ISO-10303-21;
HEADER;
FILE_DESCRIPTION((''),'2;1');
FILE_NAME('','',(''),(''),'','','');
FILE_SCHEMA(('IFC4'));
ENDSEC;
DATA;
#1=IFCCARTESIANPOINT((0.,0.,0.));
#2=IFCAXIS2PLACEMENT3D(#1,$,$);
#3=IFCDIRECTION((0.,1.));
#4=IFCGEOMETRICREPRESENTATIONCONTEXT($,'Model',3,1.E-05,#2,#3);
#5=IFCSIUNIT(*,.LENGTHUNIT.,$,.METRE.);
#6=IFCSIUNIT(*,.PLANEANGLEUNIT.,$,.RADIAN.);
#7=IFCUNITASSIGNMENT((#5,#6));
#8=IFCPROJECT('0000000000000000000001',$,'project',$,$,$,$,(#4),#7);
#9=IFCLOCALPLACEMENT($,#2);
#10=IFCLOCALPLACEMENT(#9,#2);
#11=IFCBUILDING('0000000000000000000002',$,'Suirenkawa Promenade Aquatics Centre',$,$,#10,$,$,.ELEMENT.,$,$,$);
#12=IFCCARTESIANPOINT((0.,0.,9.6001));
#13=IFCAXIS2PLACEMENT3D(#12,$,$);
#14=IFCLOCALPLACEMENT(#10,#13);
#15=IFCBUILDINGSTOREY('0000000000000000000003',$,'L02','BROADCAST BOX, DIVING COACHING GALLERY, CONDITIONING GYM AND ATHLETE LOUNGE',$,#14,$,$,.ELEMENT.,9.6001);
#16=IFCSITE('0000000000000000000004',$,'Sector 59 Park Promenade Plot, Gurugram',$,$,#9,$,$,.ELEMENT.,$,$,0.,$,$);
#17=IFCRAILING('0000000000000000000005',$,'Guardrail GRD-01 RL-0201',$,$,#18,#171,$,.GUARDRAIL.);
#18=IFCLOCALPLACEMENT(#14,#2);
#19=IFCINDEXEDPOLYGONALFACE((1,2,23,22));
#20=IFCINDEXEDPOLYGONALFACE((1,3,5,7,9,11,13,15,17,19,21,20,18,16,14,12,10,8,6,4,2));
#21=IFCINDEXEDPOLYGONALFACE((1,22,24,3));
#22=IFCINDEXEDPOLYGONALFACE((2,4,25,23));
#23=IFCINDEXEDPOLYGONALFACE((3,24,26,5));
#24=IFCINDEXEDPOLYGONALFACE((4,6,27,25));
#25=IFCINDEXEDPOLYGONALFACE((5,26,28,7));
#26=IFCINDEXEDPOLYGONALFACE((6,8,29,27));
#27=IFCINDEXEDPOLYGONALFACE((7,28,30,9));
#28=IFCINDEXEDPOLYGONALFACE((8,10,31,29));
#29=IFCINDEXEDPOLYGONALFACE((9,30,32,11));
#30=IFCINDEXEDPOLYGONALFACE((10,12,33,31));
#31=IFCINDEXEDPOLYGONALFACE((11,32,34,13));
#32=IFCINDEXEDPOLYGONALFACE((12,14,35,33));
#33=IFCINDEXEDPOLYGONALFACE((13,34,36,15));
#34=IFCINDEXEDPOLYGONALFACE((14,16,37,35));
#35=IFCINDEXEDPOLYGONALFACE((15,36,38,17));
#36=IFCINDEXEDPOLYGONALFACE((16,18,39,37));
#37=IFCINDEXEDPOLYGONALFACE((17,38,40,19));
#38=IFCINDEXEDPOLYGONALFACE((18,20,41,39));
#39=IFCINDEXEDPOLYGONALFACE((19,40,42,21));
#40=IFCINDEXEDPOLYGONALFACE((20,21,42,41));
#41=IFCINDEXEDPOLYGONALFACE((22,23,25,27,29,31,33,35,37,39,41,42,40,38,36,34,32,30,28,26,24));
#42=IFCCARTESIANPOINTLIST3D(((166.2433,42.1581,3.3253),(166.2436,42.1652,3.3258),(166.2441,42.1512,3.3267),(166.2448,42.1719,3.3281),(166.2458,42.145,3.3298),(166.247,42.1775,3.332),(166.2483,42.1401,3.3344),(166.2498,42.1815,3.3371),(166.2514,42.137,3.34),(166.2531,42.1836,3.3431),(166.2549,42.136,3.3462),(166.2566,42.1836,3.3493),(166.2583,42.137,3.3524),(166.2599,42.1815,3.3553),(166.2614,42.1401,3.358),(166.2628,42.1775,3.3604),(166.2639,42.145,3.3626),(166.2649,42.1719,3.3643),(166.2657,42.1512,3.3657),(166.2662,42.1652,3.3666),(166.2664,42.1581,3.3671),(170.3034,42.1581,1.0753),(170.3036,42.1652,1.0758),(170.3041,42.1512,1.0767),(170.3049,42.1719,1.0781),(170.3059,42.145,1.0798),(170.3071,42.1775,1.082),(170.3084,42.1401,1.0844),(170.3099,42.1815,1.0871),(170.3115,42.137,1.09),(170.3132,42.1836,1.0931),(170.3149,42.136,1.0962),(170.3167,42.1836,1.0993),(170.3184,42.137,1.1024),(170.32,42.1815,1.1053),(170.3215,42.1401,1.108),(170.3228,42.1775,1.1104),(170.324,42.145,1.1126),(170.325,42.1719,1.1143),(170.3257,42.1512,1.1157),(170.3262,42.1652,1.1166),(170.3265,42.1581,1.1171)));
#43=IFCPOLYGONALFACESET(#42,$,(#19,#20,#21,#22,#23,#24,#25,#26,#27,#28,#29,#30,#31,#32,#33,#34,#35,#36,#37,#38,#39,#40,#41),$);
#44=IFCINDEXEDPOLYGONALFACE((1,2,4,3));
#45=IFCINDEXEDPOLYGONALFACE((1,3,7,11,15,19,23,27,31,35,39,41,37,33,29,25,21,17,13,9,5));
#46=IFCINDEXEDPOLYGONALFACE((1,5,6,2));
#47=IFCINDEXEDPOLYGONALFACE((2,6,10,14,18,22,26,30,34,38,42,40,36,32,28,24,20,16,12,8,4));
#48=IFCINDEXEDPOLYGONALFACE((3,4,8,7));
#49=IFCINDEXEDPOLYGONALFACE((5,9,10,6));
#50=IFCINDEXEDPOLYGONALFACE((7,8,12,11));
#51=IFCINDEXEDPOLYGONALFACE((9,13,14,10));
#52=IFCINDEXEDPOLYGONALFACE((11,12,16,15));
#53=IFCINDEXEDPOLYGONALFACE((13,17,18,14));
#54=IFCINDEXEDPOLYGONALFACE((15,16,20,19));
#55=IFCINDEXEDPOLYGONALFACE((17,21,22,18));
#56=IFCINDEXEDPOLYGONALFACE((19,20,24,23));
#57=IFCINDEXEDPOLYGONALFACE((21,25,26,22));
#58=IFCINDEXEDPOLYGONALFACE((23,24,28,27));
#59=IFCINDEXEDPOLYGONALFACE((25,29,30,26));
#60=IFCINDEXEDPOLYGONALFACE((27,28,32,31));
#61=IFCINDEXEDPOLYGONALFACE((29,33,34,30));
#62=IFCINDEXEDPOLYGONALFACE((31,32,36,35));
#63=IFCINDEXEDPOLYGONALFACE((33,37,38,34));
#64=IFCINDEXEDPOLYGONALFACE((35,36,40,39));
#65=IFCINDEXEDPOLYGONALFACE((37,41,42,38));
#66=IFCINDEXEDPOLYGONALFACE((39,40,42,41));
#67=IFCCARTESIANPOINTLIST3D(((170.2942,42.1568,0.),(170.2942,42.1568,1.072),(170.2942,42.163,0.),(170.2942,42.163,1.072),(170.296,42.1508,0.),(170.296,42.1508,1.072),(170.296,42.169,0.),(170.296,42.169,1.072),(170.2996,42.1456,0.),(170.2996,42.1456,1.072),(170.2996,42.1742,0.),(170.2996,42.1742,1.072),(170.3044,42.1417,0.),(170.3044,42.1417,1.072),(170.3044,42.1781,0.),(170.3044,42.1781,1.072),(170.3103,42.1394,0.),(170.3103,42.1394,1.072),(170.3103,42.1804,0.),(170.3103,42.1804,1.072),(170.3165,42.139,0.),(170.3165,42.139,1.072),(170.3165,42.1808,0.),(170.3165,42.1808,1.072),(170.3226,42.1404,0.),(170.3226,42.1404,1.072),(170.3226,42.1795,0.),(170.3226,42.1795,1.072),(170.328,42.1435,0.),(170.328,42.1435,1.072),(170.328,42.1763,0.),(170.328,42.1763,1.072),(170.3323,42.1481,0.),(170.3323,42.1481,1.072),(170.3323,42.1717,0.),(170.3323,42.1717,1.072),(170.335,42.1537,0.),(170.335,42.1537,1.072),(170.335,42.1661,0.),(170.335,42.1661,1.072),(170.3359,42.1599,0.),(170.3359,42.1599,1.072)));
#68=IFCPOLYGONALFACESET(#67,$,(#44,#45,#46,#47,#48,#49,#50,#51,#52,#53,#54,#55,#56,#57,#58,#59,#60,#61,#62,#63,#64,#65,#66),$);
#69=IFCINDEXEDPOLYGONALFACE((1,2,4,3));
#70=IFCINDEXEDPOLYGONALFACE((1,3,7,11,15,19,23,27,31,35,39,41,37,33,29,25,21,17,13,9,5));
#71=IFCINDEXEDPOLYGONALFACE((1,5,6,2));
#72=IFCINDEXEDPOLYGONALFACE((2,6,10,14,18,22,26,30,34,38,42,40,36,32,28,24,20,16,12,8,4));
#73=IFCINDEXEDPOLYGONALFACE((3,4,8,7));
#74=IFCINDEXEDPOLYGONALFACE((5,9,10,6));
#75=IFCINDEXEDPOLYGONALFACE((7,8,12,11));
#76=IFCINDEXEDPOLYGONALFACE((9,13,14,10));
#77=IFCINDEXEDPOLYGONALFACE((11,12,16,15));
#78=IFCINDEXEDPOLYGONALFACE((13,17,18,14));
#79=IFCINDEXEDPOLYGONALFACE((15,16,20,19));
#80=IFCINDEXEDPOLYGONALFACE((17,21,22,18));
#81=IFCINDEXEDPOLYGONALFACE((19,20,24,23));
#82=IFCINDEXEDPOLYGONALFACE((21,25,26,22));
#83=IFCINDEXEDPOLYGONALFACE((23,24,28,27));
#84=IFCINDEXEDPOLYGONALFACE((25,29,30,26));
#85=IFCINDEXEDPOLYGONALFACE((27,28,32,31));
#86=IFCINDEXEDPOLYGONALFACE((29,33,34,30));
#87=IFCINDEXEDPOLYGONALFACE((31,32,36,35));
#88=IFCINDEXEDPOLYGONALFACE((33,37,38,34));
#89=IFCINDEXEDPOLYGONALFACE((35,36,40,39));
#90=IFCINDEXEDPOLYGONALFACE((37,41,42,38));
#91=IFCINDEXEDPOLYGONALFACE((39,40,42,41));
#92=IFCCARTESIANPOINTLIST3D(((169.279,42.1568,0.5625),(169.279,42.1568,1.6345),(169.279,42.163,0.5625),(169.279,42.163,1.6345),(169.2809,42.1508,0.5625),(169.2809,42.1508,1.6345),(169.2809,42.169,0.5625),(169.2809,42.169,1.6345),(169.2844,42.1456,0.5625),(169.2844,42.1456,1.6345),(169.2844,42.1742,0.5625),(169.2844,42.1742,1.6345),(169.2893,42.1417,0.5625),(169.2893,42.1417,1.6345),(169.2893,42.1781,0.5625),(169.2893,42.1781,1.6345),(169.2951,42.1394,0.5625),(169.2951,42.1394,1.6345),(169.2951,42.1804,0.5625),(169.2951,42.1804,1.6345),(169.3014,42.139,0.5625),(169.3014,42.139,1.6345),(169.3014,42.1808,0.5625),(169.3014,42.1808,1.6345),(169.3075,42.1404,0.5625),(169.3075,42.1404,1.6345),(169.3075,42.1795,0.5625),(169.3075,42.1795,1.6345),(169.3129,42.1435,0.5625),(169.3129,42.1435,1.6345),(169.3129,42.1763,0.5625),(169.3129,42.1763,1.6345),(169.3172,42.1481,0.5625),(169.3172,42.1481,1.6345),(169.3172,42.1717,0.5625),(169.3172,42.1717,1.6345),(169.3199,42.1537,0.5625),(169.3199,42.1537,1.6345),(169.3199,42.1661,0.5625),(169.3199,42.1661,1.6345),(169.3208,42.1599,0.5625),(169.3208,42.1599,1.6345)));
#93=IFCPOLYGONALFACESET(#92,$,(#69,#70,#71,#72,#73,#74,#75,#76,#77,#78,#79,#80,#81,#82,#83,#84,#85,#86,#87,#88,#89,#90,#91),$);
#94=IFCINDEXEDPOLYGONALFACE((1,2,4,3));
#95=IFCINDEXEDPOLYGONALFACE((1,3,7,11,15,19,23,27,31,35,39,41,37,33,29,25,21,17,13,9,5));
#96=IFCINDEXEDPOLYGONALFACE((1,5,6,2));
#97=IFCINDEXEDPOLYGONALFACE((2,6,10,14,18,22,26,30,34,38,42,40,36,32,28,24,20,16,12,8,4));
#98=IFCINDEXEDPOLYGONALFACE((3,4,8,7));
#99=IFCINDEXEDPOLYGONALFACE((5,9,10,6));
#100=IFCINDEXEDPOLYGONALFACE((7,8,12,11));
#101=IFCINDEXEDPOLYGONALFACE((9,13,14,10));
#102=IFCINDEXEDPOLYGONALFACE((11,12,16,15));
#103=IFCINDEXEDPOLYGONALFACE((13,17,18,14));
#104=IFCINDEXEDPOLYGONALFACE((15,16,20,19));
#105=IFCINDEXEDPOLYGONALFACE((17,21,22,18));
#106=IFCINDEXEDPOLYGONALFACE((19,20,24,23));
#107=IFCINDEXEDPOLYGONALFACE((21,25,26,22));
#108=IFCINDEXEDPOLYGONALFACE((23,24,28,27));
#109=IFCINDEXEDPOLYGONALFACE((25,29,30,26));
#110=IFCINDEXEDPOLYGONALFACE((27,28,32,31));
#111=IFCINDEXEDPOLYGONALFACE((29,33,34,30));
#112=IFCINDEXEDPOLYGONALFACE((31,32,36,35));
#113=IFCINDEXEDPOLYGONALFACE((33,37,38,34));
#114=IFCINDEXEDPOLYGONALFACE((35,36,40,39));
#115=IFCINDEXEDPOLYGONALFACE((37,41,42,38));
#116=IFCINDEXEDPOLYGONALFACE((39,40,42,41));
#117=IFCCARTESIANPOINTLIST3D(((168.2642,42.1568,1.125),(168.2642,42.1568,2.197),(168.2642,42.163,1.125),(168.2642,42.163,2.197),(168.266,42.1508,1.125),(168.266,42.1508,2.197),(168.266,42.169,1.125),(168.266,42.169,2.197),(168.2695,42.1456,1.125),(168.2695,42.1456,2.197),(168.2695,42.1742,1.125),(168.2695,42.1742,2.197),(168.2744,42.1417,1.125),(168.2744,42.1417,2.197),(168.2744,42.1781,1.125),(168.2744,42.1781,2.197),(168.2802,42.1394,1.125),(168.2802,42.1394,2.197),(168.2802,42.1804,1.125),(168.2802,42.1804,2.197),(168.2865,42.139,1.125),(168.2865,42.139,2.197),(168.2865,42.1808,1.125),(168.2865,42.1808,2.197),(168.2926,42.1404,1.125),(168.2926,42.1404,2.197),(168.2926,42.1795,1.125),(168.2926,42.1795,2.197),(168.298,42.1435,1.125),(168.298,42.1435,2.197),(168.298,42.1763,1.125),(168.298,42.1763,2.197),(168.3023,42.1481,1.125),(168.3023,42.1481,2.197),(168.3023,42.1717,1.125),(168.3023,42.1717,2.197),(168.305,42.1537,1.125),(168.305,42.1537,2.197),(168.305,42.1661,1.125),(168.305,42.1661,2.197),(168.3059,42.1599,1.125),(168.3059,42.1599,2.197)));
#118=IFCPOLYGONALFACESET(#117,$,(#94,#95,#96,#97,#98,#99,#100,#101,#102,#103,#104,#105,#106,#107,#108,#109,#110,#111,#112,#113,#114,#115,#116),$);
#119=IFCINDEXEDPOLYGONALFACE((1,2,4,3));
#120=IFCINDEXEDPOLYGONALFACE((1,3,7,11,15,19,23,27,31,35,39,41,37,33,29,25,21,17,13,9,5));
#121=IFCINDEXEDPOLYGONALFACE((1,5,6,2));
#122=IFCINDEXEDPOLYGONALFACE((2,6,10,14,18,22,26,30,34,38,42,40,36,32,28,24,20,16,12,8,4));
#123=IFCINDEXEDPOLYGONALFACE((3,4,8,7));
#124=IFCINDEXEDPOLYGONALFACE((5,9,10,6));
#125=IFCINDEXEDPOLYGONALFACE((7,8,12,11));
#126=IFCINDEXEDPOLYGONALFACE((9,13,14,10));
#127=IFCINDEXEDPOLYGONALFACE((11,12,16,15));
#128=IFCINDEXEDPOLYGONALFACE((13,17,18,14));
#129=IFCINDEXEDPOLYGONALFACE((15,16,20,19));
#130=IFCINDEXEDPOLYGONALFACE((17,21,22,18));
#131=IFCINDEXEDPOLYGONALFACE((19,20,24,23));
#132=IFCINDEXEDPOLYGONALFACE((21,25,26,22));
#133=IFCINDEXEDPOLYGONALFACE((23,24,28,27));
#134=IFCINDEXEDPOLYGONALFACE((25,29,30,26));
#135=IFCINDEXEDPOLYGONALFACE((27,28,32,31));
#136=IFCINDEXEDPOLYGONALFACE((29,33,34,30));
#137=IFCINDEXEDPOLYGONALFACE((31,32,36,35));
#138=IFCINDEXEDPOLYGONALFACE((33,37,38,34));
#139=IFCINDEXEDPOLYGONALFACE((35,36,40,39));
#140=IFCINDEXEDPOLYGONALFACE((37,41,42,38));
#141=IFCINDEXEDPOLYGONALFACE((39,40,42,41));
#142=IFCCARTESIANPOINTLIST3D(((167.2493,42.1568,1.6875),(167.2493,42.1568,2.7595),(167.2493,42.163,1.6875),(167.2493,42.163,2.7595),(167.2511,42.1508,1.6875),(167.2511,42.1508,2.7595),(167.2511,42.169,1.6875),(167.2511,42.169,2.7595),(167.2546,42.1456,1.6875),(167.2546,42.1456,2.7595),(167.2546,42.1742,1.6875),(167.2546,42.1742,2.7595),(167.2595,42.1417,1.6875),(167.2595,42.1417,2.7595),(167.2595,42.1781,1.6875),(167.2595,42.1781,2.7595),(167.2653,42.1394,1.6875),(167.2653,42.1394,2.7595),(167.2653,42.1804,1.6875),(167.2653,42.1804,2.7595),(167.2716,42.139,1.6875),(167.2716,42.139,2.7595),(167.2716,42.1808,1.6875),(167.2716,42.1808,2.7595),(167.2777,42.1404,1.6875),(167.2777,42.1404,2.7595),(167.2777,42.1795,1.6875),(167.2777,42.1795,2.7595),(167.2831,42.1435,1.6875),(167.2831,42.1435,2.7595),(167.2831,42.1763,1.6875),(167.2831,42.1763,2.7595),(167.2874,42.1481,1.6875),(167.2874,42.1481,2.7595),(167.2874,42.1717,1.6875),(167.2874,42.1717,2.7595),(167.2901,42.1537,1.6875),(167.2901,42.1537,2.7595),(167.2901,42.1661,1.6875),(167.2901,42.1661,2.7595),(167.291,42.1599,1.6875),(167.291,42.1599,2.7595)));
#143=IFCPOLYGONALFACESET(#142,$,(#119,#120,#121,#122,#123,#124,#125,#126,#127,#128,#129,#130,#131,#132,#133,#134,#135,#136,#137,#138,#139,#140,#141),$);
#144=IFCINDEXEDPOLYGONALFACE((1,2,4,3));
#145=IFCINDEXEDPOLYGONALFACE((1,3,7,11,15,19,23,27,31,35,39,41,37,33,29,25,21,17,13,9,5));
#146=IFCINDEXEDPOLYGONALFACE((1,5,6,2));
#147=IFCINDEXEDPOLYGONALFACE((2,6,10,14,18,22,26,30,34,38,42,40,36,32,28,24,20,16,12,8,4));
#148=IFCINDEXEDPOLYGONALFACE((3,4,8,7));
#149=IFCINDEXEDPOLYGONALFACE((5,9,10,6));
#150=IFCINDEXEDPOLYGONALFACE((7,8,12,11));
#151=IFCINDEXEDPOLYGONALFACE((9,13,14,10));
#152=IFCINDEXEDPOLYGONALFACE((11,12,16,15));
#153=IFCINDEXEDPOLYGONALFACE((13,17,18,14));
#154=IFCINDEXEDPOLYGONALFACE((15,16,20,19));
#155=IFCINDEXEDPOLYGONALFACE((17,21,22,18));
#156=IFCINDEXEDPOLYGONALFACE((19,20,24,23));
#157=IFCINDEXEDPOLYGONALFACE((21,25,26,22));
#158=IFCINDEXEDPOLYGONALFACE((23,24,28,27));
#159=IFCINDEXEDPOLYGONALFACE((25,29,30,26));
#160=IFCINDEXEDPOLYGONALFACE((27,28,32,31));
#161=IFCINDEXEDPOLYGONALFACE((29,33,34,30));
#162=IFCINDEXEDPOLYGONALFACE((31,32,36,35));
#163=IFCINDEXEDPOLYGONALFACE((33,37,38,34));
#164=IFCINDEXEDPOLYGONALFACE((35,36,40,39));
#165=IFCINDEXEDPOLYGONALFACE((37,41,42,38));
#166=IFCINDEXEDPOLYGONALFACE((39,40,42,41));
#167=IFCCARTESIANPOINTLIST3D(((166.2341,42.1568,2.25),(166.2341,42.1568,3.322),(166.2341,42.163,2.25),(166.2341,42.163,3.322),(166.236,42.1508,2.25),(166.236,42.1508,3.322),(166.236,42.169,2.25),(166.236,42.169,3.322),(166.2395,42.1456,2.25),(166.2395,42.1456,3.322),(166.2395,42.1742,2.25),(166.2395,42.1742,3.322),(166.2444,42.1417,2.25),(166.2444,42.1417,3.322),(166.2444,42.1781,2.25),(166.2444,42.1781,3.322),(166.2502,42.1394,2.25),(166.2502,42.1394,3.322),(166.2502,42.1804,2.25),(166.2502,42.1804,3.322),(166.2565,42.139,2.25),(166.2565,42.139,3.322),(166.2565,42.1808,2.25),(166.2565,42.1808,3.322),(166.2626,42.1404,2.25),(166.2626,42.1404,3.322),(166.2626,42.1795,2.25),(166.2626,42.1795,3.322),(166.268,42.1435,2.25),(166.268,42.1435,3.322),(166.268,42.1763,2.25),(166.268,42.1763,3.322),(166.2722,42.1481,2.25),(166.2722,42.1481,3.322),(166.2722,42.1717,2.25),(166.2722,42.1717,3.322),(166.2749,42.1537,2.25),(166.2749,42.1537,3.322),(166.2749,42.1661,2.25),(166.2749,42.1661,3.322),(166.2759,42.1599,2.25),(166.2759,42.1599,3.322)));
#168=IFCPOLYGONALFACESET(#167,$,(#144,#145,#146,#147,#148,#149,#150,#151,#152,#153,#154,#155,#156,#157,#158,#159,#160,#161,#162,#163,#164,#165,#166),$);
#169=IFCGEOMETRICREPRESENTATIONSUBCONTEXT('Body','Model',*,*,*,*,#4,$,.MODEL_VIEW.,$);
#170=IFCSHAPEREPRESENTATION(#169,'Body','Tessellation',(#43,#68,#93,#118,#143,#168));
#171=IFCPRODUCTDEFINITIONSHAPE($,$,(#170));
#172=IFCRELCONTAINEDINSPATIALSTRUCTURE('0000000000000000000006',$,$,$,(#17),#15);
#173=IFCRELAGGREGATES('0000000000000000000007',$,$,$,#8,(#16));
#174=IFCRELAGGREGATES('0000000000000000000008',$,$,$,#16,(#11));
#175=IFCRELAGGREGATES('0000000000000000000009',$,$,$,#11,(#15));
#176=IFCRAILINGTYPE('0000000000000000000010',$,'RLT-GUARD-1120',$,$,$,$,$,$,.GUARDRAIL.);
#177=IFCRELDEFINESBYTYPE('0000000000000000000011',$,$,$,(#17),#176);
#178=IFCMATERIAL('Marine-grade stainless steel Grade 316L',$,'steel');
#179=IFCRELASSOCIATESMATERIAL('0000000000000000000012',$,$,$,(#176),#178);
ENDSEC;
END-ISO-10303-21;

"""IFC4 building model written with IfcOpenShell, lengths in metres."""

from ifc_helpers import new_model, si_unit, direction, frame, origin, origin_2d, place, context, subcontext, project, spatial, circle, extrude, material, type_object, element, save


model = new_model("IFC4")

# Units and contexts
model_context = context("Model", 3, precision=1e-05, world=origin(), true_north=direction((0.0, 1.0)))
body_context = subcontext(model_context, "Body", "Model", "MODEL_VIEW")
ifc_project = project(units=[si_unit("LENGTHUNIT", "METRE"), si_unit("PLANEANGLEUNIT", "RADIAN")], contexts=[model_context])

# Site, building, storey
site_placement = place(None, origin())
site = spatial("IfcSite", under=ifc_project, at=site_placement, Name="Sector 59 Park Promenade Plot, Gurugram", CompositionType="ELEMENT", RefElevation=0.0)
building_placement = place(site_placement, origin())
building = spatial("IfcBuilding", under=site, at=building_placement, Name="Suirenkawa Promenade Aquatics Centre", CompositionType="ELEMENT")
storey_placement = place(building_placement, frame((0.0, 0.0, 9.6001)))
storey = spatial("IfcBuildingStorey", under=building, at=storey_placement, Name="L02", Description="BROADCAST BOX, DIVING COACHING GALLERY, CONDITIONING GYM AND ATHLETE LOUNGE", CompositionType="ELEMENT", Elevation=9.6001)

# Railing
ifc_material_1 = material(Name="Marine-grade stainless steel Grade 316L", Category="steel")
railing_type_1 = type_object("IfcRailingType", Name="RLT-GUARD-1120", PredefinedType="GUARDRAIL", material=ifc_material_1)
railing_1_placement = place(storey_placement, frame((170.3149, 42.1599, 0.0)))
element("IfcRailing", 1, at=railing_1_placement, inside=storey, type_object=railing_type_1, Name="Guardrail GRD-01 RL-0201", PredefinedType="GUARDRAIL", context=body_context, shape_type="SweptSolid", body=[
    extrude(circle(Radius=0.0239, at=origin_2d()), frame((0.0, 0.0, 1.0962), z_axis=(-0.874668, 0.0, 0.484723), x_axis=(0.0, -1.0, 0.0)), (0.0, 0.0, 1.0), 4.6418),
    extrude(circle(Radius=0.021, at=origin_2d()), origin(), (0.0, 0.0, 1.0), 1.072),
    extrude(circle(Radius=0.021, at=origin_2d()), frame((-1.0151, 0.0, 0.5625)), (0.0, 0.0, 1.0), 1.072),
    extrude(circle(Radius=0.021, at=origin_2d()), frame((-2.03, 0.0, 1.125)), (0.0, 0.0, 1.0), 1.072),
    extrude(circle(Radius=0.021, at=origin_2d()), frame((-3.0449, 0.0, 1.6875)), (0.0, 0.0, 1.0), 1.072),
    extrude(circle(Radius=0.021, at=origin_2d()), frame((-4.0601, 0.0, 2.25)), (0.0, 0.0, 1.0), 1.072),
])

save(model, "model.ifc")
